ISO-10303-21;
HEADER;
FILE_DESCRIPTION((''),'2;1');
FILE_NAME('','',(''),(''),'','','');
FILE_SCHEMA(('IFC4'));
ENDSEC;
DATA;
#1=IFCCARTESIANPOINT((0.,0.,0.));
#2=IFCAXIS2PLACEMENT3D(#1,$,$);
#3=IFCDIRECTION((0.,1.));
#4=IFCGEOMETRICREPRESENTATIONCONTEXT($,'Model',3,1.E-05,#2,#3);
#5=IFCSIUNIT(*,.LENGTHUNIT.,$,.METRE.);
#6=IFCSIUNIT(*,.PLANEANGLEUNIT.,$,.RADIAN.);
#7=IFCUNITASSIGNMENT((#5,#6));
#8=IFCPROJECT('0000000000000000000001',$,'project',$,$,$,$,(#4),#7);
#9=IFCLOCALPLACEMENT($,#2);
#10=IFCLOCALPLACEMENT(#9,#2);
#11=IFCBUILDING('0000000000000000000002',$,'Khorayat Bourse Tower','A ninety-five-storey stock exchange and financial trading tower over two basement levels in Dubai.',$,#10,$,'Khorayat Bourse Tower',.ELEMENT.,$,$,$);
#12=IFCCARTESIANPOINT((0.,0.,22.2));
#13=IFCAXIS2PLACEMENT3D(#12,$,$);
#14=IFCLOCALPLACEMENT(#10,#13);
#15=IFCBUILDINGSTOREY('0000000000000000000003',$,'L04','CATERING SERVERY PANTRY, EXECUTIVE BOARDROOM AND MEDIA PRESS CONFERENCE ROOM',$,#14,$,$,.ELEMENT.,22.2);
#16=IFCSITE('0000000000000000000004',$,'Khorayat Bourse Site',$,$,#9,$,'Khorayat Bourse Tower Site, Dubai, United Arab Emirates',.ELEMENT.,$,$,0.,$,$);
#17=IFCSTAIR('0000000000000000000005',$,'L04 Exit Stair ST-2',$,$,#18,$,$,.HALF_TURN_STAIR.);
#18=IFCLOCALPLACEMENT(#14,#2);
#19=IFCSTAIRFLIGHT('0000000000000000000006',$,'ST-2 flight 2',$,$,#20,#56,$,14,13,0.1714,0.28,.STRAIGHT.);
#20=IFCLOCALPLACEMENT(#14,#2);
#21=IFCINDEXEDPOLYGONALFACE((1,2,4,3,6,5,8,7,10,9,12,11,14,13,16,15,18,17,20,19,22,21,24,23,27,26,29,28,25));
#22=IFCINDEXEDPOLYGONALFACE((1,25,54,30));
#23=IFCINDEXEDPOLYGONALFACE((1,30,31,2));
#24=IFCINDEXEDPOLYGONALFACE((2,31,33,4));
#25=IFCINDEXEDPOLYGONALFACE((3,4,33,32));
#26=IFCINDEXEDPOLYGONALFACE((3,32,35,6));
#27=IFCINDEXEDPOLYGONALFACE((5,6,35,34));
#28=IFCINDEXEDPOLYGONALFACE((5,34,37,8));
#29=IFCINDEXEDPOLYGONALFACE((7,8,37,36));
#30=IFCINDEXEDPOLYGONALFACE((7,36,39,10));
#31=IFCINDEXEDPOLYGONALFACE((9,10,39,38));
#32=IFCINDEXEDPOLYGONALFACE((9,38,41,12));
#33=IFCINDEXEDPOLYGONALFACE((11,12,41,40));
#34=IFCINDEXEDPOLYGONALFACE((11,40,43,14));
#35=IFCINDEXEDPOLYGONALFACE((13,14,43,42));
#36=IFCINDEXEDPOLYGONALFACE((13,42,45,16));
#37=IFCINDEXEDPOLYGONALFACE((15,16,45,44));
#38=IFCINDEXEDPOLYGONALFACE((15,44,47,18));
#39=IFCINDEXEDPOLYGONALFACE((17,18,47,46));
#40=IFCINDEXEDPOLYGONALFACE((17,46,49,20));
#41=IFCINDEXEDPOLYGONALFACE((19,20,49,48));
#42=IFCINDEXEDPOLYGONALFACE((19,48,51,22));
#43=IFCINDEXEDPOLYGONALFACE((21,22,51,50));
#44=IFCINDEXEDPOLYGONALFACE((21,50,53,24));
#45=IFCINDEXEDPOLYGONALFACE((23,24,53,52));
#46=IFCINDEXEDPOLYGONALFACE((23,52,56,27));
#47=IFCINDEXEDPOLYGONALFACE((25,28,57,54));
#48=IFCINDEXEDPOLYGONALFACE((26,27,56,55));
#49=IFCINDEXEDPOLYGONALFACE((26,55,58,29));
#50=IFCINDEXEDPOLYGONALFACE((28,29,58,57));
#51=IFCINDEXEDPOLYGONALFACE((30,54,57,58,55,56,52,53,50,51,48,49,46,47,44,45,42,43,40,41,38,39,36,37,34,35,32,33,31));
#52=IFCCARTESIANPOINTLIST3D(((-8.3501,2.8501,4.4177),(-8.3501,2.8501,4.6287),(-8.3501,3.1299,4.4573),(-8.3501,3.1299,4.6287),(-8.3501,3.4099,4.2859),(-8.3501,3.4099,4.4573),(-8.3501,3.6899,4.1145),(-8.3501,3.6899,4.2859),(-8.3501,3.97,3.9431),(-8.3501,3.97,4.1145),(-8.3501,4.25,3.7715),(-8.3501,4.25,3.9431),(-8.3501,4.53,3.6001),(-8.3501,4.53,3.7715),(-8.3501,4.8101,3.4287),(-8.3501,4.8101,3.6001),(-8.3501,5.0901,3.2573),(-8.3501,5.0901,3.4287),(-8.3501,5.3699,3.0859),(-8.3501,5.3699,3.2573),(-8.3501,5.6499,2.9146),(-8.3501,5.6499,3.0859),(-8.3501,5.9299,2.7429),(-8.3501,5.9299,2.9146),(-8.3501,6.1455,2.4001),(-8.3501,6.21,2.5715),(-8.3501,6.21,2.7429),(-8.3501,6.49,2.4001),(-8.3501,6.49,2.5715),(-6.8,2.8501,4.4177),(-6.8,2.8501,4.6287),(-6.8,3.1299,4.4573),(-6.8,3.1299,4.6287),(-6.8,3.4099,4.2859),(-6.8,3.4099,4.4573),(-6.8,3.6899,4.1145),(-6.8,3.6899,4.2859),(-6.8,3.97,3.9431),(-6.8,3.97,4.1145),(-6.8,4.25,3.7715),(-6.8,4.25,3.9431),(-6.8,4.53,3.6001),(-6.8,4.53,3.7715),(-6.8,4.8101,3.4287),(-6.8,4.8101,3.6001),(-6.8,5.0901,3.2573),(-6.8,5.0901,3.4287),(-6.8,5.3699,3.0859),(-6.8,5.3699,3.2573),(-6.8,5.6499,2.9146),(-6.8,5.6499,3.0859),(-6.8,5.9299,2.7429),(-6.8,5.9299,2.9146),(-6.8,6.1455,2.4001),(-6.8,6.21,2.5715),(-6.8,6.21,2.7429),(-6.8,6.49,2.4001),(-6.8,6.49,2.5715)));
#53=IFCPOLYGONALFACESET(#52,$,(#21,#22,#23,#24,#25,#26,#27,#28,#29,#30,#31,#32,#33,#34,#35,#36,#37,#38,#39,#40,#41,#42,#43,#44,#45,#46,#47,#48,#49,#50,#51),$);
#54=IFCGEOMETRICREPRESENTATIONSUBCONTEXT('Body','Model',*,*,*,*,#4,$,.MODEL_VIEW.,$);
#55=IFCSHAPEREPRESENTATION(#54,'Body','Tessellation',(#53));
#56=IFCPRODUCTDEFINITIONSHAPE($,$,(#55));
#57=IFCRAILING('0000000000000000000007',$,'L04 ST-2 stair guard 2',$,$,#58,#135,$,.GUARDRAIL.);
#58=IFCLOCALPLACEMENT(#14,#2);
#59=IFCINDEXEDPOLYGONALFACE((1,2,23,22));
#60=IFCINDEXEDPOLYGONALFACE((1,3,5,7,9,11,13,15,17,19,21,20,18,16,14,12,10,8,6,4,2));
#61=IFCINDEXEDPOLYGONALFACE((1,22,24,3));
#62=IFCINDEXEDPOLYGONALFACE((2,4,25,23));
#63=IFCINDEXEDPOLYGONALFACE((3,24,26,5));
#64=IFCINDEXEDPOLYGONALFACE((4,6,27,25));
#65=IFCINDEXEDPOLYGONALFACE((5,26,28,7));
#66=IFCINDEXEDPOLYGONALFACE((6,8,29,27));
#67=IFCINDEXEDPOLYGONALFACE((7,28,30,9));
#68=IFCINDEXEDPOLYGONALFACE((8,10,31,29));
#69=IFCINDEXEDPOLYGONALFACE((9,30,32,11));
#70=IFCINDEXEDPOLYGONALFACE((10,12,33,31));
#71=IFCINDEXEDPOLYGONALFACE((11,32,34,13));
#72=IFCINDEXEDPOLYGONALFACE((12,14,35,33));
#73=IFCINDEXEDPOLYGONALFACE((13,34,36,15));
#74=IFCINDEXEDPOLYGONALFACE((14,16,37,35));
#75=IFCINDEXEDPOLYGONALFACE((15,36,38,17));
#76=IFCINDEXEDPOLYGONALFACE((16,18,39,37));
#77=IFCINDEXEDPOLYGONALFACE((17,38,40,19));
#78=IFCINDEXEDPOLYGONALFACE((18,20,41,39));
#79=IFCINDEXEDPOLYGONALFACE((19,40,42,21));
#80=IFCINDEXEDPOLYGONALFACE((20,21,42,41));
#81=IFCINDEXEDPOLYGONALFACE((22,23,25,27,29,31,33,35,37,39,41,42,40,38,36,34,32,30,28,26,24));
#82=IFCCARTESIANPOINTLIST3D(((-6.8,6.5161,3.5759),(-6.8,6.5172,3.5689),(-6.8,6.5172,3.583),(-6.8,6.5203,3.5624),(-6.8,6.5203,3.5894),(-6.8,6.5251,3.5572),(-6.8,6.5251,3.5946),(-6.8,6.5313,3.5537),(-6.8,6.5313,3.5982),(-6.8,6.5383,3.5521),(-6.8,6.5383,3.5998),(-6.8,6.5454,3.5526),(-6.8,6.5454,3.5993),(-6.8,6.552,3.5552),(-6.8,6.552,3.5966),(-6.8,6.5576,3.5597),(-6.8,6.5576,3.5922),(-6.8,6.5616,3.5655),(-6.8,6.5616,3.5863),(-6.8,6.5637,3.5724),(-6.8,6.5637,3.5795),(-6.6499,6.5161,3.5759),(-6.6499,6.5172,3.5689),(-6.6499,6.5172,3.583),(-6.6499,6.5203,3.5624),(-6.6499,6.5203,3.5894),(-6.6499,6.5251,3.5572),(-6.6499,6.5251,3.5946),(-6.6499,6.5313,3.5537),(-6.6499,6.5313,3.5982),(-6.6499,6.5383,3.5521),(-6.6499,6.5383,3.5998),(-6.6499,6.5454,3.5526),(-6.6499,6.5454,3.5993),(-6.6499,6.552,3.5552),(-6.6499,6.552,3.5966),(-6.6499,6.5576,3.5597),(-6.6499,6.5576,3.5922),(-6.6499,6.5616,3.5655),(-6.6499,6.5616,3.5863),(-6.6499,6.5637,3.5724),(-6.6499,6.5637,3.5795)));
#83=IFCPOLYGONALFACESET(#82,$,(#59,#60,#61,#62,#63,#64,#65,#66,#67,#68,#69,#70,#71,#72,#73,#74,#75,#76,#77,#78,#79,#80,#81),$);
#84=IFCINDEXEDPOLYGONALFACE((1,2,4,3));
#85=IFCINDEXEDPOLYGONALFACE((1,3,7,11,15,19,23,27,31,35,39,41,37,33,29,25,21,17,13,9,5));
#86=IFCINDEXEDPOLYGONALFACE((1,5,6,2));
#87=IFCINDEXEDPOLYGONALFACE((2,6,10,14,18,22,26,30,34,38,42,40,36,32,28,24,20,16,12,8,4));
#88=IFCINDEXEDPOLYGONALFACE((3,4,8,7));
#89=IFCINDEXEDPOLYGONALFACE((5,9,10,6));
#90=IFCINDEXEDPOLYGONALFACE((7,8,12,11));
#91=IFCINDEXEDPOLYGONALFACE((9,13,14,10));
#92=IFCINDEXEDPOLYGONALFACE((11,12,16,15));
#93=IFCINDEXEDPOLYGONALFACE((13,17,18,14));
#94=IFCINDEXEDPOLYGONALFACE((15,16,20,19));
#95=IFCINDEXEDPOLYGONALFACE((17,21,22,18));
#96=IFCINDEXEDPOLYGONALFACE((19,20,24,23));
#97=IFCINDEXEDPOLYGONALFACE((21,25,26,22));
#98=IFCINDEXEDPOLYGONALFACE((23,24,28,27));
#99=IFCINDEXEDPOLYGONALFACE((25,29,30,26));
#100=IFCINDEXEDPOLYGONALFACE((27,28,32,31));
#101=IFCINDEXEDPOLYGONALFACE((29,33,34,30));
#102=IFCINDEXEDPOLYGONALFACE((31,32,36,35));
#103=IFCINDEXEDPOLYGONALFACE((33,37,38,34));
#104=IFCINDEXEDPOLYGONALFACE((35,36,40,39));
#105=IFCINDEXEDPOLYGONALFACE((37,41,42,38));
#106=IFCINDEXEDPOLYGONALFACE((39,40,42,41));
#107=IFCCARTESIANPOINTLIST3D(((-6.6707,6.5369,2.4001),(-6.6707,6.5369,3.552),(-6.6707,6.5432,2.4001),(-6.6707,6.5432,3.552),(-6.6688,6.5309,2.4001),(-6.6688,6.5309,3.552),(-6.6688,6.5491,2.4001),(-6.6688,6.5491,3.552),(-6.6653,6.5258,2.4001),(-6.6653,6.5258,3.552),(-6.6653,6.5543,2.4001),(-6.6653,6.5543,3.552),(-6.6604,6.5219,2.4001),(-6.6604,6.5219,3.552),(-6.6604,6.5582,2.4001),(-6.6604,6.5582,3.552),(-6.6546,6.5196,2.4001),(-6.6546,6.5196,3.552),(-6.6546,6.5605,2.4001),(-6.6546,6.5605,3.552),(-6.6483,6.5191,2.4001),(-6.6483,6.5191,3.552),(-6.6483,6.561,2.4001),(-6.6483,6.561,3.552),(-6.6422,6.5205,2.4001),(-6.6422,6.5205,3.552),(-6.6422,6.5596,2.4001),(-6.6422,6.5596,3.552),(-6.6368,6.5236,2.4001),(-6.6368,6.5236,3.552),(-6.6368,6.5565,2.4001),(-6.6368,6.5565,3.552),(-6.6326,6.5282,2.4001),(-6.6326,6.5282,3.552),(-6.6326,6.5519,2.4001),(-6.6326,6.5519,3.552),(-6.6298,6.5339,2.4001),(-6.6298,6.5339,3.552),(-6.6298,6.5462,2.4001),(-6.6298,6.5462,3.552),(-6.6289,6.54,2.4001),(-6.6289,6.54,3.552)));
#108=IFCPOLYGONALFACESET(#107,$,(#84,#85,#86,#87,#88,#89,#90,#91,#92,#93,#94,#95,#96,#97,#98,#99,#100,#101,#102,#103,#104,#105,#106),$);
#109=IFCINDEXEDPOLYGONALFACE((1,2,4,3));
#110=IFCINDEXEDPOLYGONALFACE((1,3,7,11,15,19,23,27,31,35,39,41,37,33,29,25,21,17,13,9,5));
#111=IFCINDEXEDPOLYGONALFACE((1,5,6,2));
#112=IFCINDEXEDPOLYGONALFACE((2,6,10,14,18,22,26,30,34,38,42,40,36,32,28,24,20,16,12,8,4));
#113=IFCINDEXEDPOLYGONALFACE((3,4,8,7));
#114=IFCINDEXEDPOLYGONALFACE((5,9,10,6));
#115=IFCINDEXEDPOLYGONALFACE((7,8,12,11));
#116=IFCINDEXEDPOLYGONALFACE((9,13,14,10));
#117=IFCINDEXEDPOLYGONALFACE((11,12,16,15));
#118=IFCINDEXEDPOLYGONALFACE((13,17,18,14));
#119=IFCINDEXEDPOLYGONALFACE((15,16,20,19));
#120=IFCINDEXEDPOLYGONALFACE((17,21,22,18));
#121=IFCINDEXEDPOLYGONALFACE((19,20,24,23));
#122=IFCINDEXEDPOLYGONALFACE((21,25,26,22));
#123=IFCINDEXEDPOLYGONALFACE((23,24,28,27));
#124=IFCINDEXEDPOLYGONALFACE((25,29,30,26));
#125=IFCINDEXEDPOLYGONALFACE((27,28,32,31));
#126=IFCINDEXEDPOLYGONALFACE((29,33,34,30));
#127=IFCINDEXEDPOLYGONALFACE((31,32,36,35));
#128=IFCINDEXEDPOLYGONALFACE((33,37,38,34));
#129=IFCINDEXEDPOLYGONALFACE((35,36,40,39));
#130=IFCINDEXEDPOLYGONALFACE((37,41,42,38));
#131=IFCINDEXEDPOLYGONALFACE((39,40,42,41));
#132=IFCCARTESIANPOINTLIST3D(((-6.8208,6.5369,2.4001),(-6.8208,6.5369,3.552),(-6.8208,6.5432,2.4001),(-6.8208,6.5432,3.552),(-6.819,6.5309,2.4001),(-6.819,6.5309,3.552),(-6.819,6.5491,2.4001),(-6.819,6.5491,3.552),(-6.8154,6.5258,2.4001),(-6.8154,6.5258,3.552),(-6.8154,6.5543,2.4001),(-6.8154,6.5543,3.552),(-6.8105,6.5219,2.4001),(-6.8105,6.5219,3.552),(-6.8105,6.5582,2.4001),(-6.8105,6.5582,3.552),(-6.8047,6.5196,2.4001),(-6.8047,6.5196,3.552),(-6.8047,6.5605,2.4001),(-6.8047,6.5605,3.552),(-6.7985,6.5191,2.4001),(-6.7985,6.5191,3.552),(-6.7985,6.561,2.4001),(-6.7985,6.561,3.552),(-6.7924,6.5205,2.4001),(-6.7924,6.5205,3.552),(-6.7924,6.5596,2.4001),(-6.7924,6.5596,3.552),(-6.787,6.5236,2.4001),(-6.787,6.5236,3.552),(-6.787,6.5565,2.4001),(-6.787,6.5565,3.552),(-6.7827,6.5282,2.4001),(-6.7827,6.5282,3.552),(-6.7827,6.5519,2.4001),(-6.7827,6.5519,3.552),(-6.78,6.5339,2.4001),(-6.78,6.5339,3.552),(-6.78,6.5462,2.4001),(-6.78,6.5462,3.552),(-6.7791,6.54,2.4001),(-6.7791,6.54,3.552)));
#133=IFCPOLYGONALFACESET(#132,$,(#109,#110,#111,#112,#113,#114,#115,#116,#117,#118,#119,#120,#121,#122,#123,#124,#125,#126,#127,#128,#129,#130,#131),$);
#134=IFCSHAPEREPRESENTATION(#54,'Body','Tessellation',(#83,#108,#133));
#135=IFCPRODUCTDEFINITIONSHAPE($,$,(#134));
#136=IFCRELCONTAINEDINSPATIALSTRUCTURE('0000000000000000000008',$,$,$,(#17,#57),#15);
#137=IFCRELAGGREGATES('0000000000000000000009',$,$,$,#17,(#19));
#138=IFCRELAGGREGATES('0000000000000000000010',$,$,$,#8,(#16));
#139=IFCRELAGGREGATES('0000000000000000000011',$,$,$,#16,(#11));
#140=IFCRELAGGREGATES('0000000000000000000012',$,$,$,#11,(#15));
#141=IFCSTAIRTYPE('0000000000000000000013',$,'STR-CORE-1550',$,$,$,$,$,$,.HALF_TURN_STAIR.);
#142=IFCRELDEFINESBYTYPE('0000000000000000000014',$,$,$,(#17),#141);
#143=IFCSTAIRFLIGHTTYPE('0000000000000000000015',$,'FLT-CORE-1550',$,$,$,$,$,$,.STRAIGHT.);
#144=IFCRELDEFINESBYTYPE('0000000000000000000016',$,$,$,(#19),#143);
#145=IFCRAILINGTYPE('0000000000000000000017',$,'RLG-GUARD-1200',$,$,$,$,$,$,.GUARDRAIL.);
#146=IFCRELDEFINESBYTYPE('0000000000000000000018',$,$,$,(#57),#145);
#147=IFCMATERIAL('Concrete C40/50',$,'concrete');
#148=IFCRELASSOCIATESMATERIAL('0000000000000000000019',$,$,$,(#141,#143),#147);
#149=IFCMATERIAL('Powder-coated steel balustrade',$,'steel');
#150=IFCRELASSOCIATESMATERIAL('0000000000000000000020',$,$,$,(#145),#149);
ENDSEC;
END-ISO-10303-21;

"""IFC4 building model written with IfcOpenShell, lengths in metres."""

from ifc_helpers import new_model, si_unit, direction, frame, origin, origin_2d, place, context, subcontext, project, spatial, polyline, circle, outline, extrude, source, transform, mapped, material, type_object, element, aggregate, save


model = new_model("IFC4")

# Units and contexts
model_context = context("Model", 3, precision=1e-05, world=origin(), true_north=direction((0.0, 1.0)))
body_context = subcontext(model_context, "Body", "Model", "MODEL_VIEW")
ifc_project = project(units=[si_unit("LENGTHUNIT", "METRE"), si_unit("PLANEANGLEUNIT", "RADIAN")], contexts=[model_context])

# Site, building, storey
site_placement = place(None, origin())
site = spatial("IfcSite", under=ifc_project, at=site_placement, Name="Khorayat Bourse Site", LongName="Khorayat Bourse Tower Site, Dubai, United Arab Emirates", CompositionType="ELEMENT", RefElevation=0.0)
building_placement = place(site_placement, origin())
building = spatial("IfcBuilding", under=site, at=building_placement, Name="Khorayat Bourse Tower", Description="A ninety-five-storey stock exchange and financial trading tower over two basement levels in Dubai.", LongName="Khorayat Bourse Tower", CompositionType="ELEMENT")
storey_placement = place(building_placement, frame((0.0, 0.0, 22.2)))
storey = spatial("IfcBuildingStorey", under=building, at=storey_placement, Name="L04", Description="CATERING SERVERY PANTRY, EXECUTIVE BOARDROOM AND MEDIA PRESS CONFERENCE ROOM", CompositionType="ELEMENT", Elevation=22.2)

# Stair, stair flight
ifc_material_1 = material(Name="Concrete C40/50", Category="concrete")
stair_type = type_object("IfcStairType", Name="STR-CORE-1550", PredefinedType="HALF_TURN_STAIR", material=ifc_material_1)
stair_placement = place(storey_placement, origin())
stair = element("IfcStair", 1, at=stair_placement, inside=storey, type_object=stair_type, Name="L04 Exit Stair ST-2", PredefinedType="HALF_TURN_STAIR")
stair_flight_type = type_object("IfcStairFlightType", Name="FLT-CORE-1550", PredefinedType="STRAIGHT", material=ifc_material_1)
shared_shape_1 = source(origin(), body_context, "Body", "SweptSolid", [
    extrude(outline(polyline([(0.0, 0.0), (0.0, 0.1714), (0.28, 0.1714), (0.28, 0.3428), (0.5601, 0.3428), (0.5601, 0.5144), (0.8401, 0.5144), (0.8401, 0.6858), (1.1201, 0.6858), (1.1201, 0.8572), (1.3999, 0.8572), (1.3999, 1.0286), (1.6799, 1.0286), (1.6799, 1.2), (1.96, 1.2), (1.96, 1.3713), (2.24, 1.3713), (2.24, 1.543), (2.52, 1.543), (2.52, 1.7144), (2.8, 1.7144), (2.8, 1.8857), (3.0801, 1.8857), (3.0801, 2.0571), (3.3601, 2.0571), (3.3601, 2.2285), (3.6399, 2.2285), (3.6399, 2.3999), (3.6399, 2.0176), (0.3445, 0.0), (0.0, 0.0)])), frame((0.0, 0.7749, 0.0), z_axis=(0.0, -1.0, 0.0), x_axis=(1.0, 0.0, 0.0)), (0.0, 0.0, 1.0), 1.55),
])
stair_flight_placement = place(storey_placement, frame((-7.575, 6.49, 2.4001), z_axis=(0.0, 0.0, 1.0), x_axis=(0.0, -1.0, 0.0)))
stair_flight = element("IfcStairFlight", 2, at=stair_flight_placement, type_object=stair_flight_type, Name="ST-2 flight 2", NumberOfRisers=14, NumberOfTreads=13, PredefinedType="STRAIGHT", RiserHeight=0.1714, TreadLength=0.28, context=body_context, shape_type="MappedRepresentation", body=[
    mapped(shared_shape_1, transform((0.0, 0.0, 0.0), scale=1.0)),
])
aggregate(stair, [stair_flight])

# Railing
ifc_material_2 = material(Name="Powder-coated steel balustrade", Category="steel")
railing_type_1 = type_object("IfcRailingType", Name="RLG-GUARD-1200", PredefinedType="GUARDRAIL", material=ifc_material_2)
shared_shape_2 = source(origin(), body_context, "Body", "SweptSolid", [
    extrude(circle(Radius=0.0239, at=origin_2d()), frame((0.0, 0.0, 1.1758), z_axis=(-1.0, 0.0, 0.0), x_axis=(0.0, -1.0, 0.0)), (0.0, 0.0, 1.0), 0.1501),
    extrude(circle(Radius=0.021, at=origin_2d()), origin(), (0.0, 0.0, 1.0), 1.1519),
    extrude(circle(Radius=0.021, at=origin_2d()), frame((-0.1501, 0.0, 0.0)), (0.0, 0.0, 1.0), 1.1519),
])
railing_1_placement = place(storey_placement, frame((-6.6499, 6.54, 2.4001)))
element("IfcRailing", 3, at=railing_1_placement, inside=storey, type_object=railing_type_1, Name="L04 ST-2 stair guard 2", PredefinedType="GUARDRAIL", context=body_context, shape_type="MappedRepresentation", body=[
    mapped(shared_shape_2, transform((0.0, 0.0, 0.0), scale=1.0)),
])

save(model, "model.ifc")
